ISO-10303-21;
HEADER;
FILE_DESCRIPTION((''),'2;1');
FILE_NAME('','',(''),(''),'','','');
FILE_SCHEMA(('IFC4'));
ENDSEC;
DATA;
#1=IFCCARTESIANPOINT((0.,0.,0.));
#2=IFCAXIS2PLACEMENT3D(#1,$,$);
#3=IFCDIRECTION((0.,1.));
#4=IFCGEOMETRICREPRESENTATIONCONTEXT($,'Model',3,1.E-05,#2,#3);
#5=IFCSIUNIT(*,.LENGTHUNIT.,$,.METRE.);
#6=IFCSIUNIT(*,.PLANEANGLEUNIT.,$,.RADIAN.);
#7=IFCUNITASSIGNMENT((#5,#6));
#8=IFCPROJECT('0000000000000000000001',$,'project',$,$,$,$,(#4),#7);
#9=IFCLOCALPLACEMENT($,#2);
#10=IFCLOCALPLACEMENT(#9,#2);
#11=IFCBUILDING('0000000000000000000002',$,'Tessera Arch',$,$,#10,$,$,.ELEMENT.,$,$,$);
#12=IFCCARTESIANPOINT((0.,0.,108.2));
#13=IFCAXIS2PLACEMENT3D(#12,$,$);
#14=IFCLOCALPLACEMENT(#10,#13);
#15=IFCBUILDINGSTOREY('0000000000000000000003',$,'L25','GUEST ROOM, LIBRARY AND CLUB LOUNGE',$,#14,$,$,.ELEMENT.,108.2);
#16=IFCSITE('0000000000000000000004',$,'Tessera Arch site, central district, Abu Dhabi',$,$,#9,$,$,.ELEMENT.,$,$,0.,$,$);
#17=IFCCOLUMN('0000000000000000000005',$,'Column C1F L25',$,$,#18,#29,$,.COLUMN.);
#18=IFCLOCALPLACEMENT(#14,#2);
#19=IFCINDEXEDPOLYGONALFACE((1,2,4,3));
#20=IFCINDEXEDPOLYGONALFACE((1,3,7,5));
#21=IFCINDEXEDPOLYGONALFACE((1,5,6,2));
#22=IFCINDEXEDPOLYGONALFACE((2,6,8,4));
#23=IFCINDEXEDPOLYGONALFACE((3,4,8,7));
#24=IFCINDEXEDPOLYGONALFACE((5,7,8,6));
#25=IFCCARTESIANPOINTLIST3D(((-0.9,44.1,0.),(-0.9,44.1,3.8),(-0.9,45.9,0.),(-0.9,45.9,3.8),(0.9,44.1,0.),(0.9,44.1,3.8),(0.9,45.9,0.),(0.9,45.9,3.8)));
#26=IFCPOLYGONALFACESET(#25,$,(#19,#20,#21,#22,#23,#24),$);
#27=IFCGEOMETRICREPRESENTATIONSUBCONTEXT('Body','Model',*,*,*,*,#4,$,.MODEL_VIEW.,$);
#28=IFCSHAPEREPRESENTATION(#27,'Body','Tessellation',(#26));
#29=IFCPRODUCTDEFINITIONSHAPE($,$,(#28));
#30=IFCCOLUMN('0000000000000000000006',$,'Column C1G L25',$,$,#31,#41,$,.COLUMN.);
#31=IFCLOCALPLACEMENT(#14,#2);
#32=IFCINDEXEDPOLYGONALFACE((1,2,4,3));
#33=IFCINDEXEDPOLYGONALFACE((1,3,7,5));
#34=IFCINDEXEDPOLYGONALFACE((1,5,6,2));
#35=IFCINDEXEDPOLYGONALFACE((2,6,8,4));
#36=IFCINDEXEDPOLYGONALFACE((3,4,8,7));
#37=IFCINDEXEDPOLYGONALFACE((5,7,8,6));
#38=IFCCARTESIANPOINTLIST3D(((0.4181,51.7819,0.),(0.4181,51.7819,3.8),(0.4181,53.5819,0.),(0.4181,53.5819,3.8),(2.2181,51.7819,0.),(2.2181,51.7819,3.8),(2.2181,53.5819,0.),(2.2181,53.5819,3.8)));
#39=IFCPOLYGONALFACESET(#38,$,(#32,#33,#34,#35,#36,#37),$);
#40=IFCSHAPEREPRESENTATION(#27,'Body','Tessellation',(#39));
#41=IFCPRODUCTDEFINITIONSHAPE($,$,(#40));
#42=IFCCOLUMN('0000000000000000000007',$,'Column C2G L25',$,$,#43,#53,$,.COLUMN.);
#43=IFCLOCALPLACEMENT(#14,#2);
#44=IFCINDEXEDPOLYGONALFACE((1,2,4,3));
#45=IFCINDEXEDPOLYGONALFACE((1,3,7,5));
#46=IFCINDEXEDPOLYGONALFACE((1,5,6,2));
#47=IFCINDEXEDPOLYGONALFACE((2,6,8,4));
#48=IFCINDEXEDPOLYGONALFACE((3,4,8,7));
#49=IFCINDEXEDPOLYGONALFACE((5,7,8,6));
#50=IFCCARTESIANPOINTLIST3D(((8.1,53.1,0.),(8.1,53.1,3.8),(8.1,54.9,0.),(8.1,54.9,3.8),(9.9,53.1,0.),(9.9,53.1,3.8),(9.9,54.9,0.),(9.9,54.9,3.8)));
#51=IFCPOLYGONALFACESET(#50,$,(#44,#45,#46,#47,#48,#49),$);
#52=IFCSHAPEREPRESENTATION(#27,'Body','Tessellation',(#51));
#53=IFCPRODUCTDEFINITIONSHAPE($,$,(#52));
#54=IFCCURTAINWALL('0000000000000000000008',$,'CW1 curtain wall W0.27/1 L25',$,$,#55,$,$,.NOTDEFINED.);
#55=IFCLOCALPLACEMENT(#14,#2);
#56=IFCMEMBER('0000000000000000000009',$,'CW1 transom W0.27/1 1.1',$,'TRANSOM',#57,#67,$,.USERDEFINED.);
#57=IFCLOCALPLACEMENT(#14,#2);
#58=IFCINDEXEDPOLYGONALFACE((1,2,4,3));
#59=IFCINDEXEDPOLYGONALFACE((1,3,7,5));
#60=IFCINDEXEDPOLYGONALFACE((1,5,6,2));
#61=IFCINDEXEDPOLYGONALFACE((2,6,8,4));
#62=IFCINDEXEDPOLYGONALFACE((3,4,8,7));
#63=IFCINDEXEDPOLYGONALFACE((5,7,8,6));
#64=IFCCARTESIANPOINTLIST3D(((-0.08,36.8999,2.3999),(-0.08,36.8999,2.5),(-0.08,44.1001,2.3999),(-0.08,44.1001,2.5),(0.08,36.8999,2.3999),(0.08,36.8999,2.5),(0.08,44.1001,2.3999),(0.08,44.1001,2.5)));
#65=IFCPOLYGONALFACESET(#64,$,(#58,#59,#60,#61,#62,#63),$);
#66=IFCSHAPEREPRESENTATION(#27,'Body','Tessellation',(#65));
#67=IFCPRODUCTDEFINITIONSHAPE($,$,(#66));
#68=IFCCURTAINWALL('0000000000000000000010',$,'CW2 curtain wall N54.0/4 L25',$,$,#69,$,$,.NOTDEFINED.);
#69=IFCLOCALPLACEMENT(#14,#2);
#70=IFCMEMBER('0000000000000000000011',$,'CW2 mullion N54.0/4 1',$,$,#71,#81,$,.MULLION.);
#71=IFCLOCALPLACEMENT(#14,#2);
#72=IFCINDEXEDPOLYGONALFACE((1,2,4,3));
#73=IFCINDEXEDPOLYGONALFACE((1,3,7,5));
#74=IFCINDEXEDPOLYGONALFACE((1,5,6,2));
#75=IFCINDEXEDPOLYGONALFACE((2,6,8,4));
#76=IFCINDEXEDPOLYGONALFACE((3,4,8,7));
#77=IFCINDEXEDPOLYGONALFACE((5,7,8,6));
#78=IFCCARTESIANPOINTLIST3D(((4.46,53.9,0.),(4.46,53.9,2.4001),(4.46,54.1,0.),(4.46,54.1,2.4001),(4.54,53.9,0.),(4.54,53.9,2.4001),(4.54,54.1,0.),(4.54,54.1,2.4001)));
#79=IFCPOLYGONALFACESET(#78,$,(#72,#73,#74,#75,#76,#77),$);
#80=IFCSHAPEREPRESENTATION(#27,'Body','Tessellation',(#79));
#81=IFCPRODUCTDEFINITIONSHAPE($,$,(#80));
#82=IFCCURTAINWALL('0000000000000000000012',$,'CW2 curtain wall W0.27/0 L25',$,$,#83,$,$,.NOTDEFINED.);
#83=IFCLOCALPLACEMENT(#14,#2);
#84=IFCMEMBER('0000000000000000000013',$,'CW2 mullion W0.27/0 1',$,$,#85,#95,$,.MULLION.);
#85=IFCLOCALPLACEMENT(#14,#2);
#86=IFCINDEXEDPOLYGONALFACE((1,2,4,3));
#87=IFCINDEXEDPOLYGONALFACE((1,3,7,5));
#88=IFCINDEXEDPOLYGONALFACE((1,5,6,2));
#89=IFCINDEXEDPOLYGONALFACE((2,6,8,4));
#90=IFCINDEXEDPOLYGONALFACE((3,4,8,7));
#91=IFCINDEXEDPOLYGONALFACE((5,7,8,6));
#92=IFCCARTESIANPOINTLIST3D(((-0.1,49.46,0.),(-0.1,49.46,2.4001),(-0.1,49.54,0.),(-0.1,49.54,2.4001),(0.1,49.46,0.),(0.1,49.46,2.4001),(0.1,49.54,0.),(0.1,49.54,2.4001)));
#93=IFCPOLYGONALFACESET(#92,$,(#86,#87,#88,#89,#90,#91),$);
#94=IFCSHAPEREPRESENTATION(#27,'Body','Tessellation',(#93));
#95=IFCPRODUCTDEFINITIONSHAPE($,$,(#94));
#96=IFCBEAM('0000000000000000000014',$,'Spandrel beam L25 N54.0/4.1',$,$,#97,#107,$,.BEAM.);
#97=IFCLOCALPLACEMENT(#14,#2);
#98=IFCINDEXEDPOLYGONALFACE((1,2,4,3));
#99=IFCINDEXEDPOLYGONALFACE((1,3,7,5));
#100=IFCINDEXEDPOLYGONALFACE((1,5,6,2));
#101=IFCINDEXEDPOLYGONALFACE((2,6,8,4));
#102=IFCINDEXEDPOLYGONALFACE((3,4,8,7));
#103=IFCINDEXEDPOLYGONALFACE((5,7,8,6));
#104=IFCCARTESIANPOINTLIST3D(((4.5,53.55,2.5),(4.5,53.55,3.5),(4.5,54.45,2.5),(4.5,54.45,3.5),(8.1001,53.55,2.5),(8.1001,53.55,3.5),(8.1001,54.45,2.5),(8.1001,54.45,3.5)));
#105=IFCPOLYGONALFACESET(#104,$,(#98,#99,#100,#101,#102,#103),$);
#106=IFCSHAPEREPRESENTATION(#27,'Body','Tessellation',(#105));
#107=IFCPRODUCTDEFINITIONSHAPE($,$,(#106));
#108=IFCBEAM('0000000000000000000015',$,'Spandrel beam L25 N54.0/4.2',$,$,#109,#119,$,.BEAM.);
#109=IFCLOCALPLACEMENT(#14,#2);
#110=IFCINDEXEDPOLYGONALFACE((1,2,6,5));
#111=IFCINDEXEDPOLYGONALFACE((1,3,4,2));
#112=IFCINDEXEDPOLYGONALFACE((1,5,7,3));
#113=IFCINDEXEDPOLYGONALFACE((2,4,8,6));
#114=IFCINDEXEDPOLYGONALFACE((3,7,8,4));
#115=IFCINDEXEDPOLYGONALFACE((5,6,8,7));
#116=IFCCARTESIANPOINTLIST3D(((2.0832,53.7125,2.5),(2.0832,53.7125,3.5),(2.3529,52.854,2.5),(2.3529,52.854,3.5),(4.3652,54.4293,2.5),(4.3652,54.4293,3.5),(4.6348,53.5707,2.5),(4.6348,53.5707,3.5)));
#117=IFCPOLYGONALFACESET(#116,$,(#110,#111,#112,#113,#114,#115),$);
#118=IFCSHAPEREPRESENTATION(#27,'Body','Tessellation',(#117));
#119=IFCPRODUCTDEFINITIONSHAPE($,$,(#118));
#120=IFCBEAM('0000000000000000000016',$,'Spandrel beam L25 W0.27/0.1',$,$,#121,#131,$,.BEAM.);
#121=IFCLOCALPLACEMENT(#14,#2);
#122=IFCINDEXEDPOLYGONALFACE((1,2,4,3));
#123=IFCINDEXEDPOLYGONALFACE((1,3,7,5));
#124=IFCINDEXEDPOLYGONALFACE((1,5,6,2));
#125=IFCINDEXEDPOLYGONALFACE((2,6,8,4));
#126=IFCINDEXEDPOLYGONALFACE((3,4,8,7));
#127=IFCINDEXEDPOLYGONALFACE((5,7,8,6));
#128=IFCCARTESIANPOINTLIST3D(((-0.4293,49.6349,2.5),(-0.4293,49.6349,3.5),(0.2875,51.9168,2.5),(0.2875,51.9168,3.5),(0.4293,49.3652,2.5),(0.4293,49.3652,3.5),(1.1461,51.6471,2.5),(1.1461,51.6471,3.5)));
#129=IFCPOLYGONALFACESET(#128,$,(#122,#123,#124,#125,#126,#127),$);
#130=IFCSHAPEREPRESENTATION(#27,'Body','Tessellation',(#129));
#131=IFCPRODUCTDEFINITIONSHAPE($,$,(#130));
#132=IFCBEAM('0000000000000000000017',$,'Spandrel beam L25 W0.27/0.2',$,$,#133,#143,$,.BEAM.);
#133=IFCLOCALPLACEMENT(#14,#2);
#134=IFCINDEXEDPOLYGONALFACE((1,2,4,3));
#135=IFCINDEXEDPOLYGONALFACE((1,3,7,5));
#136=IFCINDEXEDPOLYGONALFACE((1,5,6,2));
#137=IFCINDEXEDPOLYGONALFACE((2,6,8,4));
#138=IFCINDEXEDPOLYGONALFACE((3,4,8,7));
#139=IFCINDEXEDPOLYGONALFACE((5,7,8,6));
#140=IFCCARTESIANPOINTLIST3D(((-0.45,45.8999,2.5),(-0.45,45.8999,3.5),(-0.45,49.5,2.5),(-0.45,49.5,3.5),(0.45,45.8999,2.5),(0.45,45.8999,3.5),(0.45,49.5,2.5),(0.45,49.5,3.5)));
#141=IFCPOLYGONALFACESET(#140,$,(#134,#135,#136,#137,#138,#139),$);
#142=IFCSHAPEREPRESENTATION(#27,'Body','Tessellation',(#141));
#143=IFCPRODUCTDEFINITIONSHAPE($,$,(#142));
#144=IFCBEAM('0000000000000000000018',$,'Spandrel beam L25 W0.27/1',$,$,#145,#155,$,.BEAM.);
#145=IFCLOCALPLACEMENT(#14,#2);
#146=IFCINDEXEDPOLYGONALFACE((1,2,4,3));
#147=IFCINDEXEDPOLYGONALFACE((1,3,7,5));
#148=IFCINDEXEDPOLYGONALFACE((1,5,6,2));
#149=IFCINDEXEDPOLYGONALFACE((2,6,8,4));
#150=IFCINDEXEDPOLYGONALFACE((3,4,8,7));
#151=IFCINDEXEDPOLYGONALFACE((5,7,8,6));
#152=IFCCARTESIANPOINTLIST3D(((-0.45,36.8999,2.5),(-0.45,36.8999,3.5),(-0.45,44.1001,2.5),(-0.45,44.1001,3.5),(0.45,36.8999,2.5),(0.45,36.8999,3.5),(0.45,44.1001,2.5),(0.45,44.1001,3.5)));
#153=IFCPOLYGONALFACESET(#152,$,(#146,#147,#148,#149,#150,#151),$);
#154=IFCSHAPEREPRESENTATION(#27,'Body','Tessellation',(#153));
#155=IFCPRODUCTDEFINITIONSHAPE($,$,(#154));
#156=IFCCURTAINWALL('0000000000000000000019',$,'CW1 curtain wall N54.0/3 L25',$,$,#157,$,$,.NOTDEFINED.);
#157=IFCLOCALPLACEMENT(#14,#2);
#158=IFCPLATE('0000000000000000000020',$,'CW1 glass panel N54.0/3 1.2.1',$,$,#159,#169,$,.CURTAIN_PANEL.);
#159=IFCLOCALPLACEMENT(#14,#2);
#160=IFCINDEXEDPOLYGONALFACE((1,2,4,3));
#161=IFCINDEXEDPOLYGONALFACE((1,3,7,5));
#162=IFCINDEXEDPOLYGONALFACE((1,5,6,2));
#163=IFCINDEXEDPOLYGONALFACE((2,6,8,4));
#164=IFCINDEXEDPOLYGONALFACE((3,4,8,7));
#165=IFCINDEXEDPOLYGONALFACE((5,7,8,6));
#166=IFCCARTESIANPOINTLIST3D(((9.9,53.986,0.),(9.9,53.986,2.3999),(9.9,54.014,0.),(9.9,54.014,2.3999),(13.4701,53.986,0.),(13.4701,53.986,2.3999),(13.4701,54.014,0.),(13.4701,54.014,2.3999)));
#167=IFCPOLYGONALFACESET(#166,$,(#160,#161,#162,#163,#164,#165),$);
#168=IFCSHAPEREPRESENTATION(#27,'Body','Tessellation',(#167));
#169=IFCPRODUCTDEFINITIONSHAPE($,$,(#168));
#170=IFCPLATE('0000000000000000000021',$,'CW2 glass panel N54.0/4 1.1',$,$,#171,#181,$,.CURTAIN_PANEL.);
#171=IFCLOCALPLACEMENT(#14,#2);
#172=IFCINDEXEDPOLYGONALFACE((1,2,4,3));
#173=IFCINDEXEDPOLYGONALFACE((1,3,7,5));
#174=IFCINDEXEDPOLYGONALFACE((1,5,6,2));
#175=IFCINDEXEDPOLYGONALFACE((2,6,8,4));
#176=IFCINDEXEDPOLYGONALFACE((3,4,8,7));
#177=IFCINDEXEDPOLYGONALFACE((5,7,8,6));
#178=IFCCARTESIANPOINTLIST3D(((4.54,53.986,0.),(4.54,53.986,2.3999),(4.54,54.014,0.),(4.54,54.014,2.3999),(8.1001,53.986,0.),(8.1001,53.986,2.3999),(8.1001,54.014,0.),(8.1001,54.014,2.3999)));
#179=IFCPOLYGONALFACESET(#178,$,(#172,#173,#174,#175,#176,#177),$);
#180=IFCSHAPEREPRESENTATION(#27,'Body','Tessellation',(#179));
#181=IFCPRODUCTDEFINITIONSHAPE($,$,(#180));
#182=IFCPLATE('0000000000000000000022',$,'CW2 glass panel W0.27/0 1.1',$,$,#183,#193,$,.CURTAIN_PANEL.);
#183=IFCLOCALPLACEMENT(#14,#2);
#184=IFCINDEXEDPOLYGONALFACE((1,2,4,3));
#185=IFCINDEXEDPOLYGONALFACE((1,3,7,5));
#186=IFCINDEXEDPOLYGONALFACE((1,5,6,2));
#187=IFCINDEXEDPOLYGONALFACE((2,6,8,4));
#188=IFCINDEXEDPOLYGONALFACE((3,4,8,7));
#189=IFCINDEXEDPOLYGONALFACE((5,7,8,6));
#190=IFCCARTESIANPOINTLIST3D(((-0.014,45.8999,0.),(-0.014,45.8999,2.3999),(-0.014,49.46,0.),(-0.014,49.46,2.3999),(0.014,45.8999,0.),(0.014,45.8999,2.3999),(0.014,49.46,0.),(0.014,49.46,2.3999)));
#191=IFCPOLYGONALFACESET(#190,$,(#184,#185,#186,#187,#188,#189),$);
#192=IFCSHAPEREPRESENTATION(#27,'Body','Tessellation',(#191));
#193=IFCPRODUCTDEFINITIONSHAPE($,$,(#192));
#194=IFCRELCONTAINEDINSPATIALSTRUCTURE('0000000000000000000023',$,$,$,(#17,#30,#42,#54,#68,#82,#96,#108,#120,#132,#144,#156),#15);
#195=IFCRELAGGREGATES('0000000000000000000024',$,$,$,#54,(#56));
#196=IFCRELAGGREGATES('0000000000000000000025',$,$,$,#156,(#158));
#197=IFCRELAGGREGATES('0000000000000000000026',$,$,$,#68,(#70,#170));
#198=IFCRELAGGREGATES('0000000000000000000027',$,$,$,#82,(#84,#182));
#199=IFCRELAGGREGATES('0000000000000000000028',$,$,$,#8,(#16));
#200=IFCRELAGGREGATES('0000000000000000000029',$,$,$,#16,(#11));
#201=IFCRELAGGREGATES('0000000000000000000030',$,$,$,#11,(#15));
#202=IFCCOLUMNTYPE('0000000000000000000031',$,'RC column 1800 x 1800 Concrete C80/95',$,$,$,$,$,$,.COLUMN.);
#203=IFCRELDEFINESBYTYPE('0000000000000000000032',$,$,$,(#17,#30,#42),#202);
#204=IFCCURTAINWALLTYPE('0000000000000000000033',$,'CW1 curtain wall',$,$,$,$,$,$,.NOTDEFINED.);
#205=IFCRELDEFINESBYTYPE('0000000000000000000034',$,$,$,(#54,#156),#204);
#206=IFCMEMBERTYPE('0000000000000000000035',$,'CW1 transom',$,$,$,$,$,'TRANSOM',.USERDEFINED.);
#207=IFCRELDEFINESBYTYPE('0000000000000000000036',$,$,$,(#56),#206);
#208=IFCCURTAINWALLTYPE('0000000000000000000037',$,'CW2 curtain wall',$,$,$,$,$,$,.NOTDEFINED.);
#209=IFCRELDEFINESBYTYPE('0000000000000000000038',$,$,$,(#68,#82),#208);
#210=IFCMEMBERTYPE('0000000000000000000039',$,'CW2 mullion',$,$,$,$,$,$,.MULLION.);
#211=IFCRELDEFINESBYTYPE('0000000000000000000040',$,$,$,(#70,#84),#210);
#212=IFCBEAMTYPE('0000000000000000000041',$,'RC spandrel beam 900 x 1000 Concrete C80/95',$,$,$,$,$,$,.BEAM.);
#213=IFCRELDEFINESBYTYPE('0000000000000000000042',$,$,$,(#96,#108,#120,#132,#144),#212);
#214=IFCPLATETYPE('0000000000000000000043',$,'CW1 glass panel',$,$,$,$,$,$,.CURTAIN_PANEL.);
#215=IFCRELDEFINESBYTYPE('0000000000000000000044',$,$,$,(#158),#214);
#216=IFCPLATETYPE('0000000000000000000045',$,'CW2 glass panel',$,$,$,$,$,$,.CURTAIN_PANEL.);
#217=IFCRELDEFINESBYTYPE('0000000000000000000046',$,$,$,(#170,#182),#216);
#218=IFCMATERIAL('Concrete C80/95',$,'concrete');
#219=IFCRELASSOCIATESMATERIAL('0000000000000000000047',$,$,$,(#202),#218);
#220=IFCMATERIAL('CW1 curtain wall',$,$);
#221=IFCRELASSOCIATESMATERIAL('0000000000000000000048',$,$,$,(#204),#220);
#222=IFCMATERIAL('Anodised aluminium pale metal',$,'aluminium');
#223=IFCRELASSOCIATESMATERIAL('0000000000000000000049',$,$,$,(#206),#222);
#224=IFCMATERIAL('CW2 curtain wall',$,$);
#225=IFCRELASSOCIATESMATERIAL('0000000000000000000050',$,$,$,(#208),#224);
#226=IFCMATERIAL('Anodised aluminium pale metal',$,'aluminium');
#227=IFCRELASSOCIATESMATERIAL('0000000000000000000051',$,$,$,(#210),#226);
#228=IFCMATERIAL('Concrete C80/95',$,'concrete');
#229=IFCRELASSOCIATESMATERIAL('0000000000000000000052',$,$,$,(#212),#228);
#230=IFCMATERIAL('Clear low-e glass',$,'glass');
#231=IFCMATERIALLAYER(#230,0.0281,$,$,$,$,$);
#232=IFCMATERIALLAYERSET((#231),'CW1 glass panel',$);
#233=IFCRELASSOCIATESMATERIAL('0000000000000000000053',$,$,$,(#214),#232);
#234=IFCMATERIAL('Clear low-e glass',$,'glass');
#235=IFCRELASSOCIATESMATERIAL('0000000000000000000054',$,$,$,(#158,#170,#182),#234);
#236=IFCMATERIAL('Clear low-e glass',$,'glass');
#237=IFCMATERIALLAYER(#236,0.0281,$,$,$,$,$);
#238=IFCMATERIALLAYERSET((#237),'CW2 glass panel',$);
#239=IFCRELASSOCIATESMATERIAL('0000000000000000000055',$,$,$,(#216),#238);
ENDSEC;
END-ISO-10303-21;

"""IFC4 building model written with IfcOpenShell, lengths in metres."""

from ifc_helpers import new_model, si_unit, direction, frame, origin, origin_2d, place, context, subcontext, project, spatial, rectangle, extrude, material, layer, layer_set, material_profile, profile_set, type_object, element, aggregate, save


model = new_model("IFC4")

# Units and contexts
model_context = context("Model", 3, precision=1e-05, world=origin(), true_north=direction((0.0, 1.0)))
body_context = subcontext(model_context, "Body", "Model", "MODEL_VIEW")
ifc_project = project(units=[si_unit("LENGTHUNIT", "METRE"), si_unit("PLANEANGLEUNIT", "RADIAN")], contexts=[model_context])

# Site, building, storey
site_placement = place(None, origin())
site = spatial("IfcSite", under=ifc_project, at=site_placement, Name="Tessera Arch site, central district, Abu Dhabi", CompositionType="ELEMENT", RefElevation=0.0)
building_placement = place(site_placement, origin())
building = spatial("IfcBuilding", under=site, at=building_placement, Name="Tessera Arch", CompositionType="ELEMENT")
storey_placement = place(building_placement, frame((0.0, 0.0, 108.2)))
storey = spatial("IfcBuildingStorey", under=building, at=storey_placement, Name="L25", Description="GUEST ROOM, LIBRARY AND CLUB LOUNGE", CompositionType="ELEMENT", Elevation=108.2)

# Columns
ifc_material_1 = material(Name="Concrete C80/95", Category="concrete")
ifc_material_profile_1 = material_profile(ifc_material_1, rectangle(XDim=1.8, YDim=1.8, at=origin_2d()), Name="RC column 1800 x 1800 Concrete C80/95")
ifc_profile_set_1 = profile_set([ifc_material_profile_1], Name="Concrete C80/95")
column_type = type_object("IfcColumnType", Name="RC column 1800 x 1800 Concrete C80/95", PredefinedType="COLUMN", material=ifc_profile_set_1)
for number, where, z_axis, x_axis, name in (
    (1, (0.0, 45.0, 0.0), (0.0, 0.0, 1.0), (1.0, 0.0, 0.0), "Column C1F L25"),
    (2, (1.3181, 52.6819, 0.0), (0.0, 0.0, 1.0), (1.0, 0.0, 0.0), "Column C1G L25"),
    (3, (9.0, 54.0, 0.0), (0.0, 0.0, 1.0), (1.0, 0.0, 0.0), "Column C2G L25"),
):
    element("IfcColumn", number, at=place(storey_placement, frame(where, z_axis=z_axis, x_axis=x_axis)), inside=storey, type_object=column_type, Name=name, PredefinedType="COLUMN", context=body_context, shape_type="SweptSolid", body=[
        extrude(rectangle(XDim=1.8, YDim=1.8, at=origin_2d()), origin(), (0.0, 0.0, 1.0), 3.8),
    ])

# Curtain walls, members
ifc_material_2 = material(Name="CW1 curtain wall")
curtain_wall_type_1 = type_object("IfcCurtainWallType", Name="CW1 curtain wall", PredefinedType="NOTDEFINED", material=ifc_material_2)
curtain_wall_1_placement = place(storey_placement, origin())
curtain_wall_1 = element("IfcCurtainWall", 4, at=curtain_wall_1_placement, inside=storey, type_object=curtain_wall_type_1, Name="CW1 curtain wall W0.27/1 L25", PredefinedType="NOTDEFINED")
ifc_material_3 = material(Name="Anodised aluminium pale metal", Category="aluminium")
ifc_material_profile_2 = material_profile(ifc_material_3, rectangle(XDim=0.1599, YDim=0.1001, at=origin_2d()), Name="AL 160x100")
ifc_profile_set_2 = profile_set([ifc_material_profile_2], Name="Anodised aluminium pale metal")
member_type_1 = type_object("IfcMemberType", Name="CW1 transom", ElementType="TRANSOM", PredefinedType="USERDEFINED", material=ifc_profile_set_2)
member_1_placement = place(storey_placement, frame((0.0, 44.1001, 2.45), z_axis=(0.0, -1.0, 0.0), x_axis=(1.0, 0.0, 0.0)))
member_1 = element("IfcMember", 5, at=member_1_placement, type_object=member_type_1, Name="CW1 transom W0.27/1 1.1", ObjectType="TRANSOM", PredefinedType="USERDEFINED", context=body_context, shape_type="SweptSolid", body=[
    extrude(rectangle(XDim=0.1599, YDim=0.1001, at=origin_2d()), origin(), (0.0, 0.0, 1.0), 7.2002),
])
aggregate(curtain_wall_1, [member_1])
ifc_material_4 = material(Name="CW2 curtain wall")
curtain_wall_type_2 = type_object("IfcCurtainWallType", Name="CW2 curtain wall", PredefinedType="NOTDEFINED", material=ifc_material_4)
curtain_wall_2_placement = place(storey_placement, origin())
curtain_wall_2 = element("IfcCurtainWall", 6, at=curtain_wall_2_placement, inside=storey, type_object=curtain_wall_type_2, Name="CW2 curtain wall N54.0/4 L25", PredefinedType="NOTDEFINED")
ifc_material_5 = material(Name="Anodised aluminium pale metal", Category="aluminium")
ifc_material_profile_3 = material_profile(ifc_material_5, rectangle(XDim=0.2, YDim=0.0801, at=origin_2d()), Name="AL 80x200")
ifc_profile_set_3 = profile_set([ifc_material_profile_3], Name="Anodised aluminium pale metal")
member_type_2 = type_object("IfcMemberType", Name="CW2 mullion", PredefinedType="MULLION", material=ifc_profile_set_3)
member_2_placement = place(storey_placement, frame((4.5, 54.0, 0.0), z_axis=(0.0, 0.0, 1.0), x_axis=(0.0, -1.0, 0.0)))
member_2 = element("IfcMember", 7, at=member_2_placement, type_object=member_type_2, Name="CW2 mullion N54.0/4 1", PredefinedType="MULLION", context=body_context, shape_type="SweptSolid", body=[
    extrude(rectangle(XDim=0.2, YDim=0.0801, at=origin_2d()), origin(), (0.0, 0.0, 1.0), 2.4001),
])
curtain_wall_3_placement = place(storey_placement, origin())
curtain_wall_3 = element("IfcCurtainWall", 8, at=curtain_wall_3_placement, inside=storey, type_object=curtain_wall_type_2, Name="CW2 curtain wall W0.27/0 L25", PredefinedType="NOTDEFINED")
member_3_placement = place(storey_placement, frame((0.0, 49.5, 0.0), z_axis=(0.0, 0.0, 1.0), x_axis=(1.0, 0.0, 0.0)))
member_3 = element("IfcMember", 9, at=member_3_placement, type_object=member_type_2, Name="CW2 mullion W0.27/0 1", PredefinedType="MULLION", context=body_context, shape_type="SweptSolid", body=[
    extrude(rectangle(XDim=0.2, YDim=0.0801, at=origin_2d()), origin(), (0.0, 0.0, 1.0), 2.4001),
])

# Beams
ifc_material_6 = material(Name="Concrete C80/95", Category="concrete")
ifc_material_profile_4 = material_profile(ifc_material_6, rectangle(XDim=0.8999, YDim=1.0, at=origin_2d()), Name="RC spandrel beam 900 x 1000 Concrete C80/95")
ifc_profile_set_4 = profile_set([ifc_material_profile_4], Name="Concrete C80/95")
beam_type = type_object("IfcBeamType", Name="RC spandrel beam 900 x 1000 Concrete C80/95", PredefinedType="BEAM", material=ifc_profile_set_4)
beam_1_placement = place(storey_placement, frame((8.1001, 54.0, 3.0), z_axis=(-1.0, 0.0, 0.0), x_axis=(0.0, -1.0, 0.0)))
element("IfcBeam", 10, at=beam_1_placement, inside=storey, type_object=beam_type, Name="Spandrel beam L25 N54.0/4.1", PredefinedType="BEAM", context=body_context, shape_type="SweptSolid", body=[
    extrude(rectangle(XDim=0.8999, YDim=1.0, at=origin_2d()), origin(), (0.0, 0.0, 1.0), 3.6001),
])
for number, where, z_axis, x_axis, name in (
    (11, (4.5, 54.0, 3.0), (-0.954041, -0.299675, 0.0), (0.299675, -0.954041, 0.0), "Spandrel beam L25 N54.0/4.2"),
    (12, (0.7168, 51.782, 3.0), (-0.299675, -0.954041, 0.0), (0.954041, -0.299675, 0.0), "Spandrel beam L25 W0.27/0.1"),
):
    element("IfcBeam", number, at=place(storey_placement, frame(where, z_axis=z_axis, x_axis=x_axis)), inside=storey, type_object=beam_type, Name=name, PredefinedType="BEAM", context=body_context, shape_type="SweptSolid", body=[
        extrude(rectangle(XDim=0.8999, YDim=1.0, at=origin_2d()), origin(), (0.0, 0.0, 1.0), 2.3918),
    ])
beam_2_placement = place(storey_placement, frame((0.0, 49.5, 3.0), z_axis=(0.0, -1.0, 0.0), x_axis=(1.0, 0.0, 0.0)))
element("IfcBeam", 13, at=beam_2_placement, inside=storey, type_object=beam_type, Name="Spandrel beam L25 W0.27/0.2", PredefinedType="BEAM", context=body_context, shape_type="SweptSolid", body=[
    extrude(rectangle(XDim=0.8999, YDim=1.0, at=origin_2d()), origin(), (0.0, 0.0, 1.0), 3.6001),
])
beam_3_placement = place(storey_placement, frame((0.0, 44.1001, 3.0), z_axis=(0.0, -1.0, 0.0), x_axis=(1.0, 0.0, 0.0)))
element("IfcBeam", 14, at=beam_3_placement, inside=storey, type_object=beam_type, Name="Spandrel beam L25 W0.27/1", PredefinedType="BEAM", context=body_context, shape_type="SweptSolid", body=[
    extrude(rectangle(XDim=0.8999, YDim=1.0, at=origin_2d()), origin(), (0.0, 0.0, 1.0), 7.2002),
])

# Curtain wall, plate
curtain_wall_4_placement = place(storey_placement, origin())
curtain_wall_4 = element("IfcCurtainWall", 15, at=curtain_wall_4_placement, inside=storey, type_object=curtain_wall_type_1, Name="CW1 curtain wall N54.0/3 L25", PredefinedType="NOTDEFINED")
ifc_material_7 = material(Name="Clear low-e glass", Category="glass")
ifc_material_8 = material(Name="Clear low-e glass", Category="glass")
ifc_layer_1 = layer(ifc_material_8, 0.0281)
ifc_layer_set_1 = layer_set([ifc_layer_1], Name="CW1 glass panel")
plate_type_1 = type_object("IfcPlateType", Name="CW1 glass panel", PredefinedType="CURTAIN_PANEL", material=ifc_layer_set_1)
plate_1_placement = place(storey_placement, frame((11.6851, 54.0, 0.0), z_axis=(0.0, 0.0, 1.0), x_axis=(-1.0, 0.0, 0.0)))
plate_1 = element("IfcPlate", 16, at=plate_1_placement, type_object=plate_type_1, material=ifc_material_7, Name="CW1 glass panel N54.0/3 1.2.1", PredefinedType="CURTAIN_PANEL", context=body_context, shape_type="SweptSolid", body=[
    extrude(rectangle(XDim=3.5701, YDim=0.0281, at=origin_2d()), origin(), (0.0, 0.0, 1.0), 2.3999),
])
aggregate(curtain_wall_4, [plate_1])

# Plates
ifc_material_9 = material(Name="Clear low-e glass", Category="glass")
ifc_layer_2 = layer(ifc_material_9, 0.0281)
ifc_layer_set_2 = layer_set([ifc_layer_2], Name="CW2 glass panel")
plate_type_2 = type_object("IfcPlateType", Name="CW2 glass panel", PredefinedType="CURTAIN_PANEL", material=ifc_layer_set_2)
plate_2_placement = place(storey_placement, frame((6.3201, 54.0, 0.0), z_axis=(0.0, 0.0, 1.0), x_axis=(-1.0, 0.0, 0.0)))
plate_2 = element("IfcPlate", 17, at=plate_2_placement, type_object=plate_type_2, material=ifc_material_7, Name="CW2 glass panel N54.0/4 1.1", PredefinedType="CURTAIN_PANEL", context=body_context, shape_type="SweptSolid", body=[
    extrude(rectangle(XDim=3.5601, YDim=0.0281, at=origin_2d()), origin(), (0.0, 0.0, 1.0), 2.3999),
])
aggregate(curtain_wall_2, [member_2, plate_2])
plate_3_placement = place(storey_placement, frame((0.0, 47.6799, 0.0), z_axis=(0.0, 0.0, 1.0), x_axis=(0.0, -1.0, 0.0)))
plate_3 = element("IfcPlate", 18, at=plate_3_placement, type_object=plate_type_2, material=ifc_material_7, Name="CW2 glass panel W0.27/0 1.1", PredefinedType="CURTAIN_PANEL", context=body_context, shape_type="SweptSolid", body=[
    extrude(rectangle(XDim=3.5601, YDim=0.0281, at=origin_2d()), origin(), (0.0, 0.0, 1.0), 2.3999),
])
aggregate(curtain_wall_3, [member_3, plate_3])

save(model, "model.ifc")
